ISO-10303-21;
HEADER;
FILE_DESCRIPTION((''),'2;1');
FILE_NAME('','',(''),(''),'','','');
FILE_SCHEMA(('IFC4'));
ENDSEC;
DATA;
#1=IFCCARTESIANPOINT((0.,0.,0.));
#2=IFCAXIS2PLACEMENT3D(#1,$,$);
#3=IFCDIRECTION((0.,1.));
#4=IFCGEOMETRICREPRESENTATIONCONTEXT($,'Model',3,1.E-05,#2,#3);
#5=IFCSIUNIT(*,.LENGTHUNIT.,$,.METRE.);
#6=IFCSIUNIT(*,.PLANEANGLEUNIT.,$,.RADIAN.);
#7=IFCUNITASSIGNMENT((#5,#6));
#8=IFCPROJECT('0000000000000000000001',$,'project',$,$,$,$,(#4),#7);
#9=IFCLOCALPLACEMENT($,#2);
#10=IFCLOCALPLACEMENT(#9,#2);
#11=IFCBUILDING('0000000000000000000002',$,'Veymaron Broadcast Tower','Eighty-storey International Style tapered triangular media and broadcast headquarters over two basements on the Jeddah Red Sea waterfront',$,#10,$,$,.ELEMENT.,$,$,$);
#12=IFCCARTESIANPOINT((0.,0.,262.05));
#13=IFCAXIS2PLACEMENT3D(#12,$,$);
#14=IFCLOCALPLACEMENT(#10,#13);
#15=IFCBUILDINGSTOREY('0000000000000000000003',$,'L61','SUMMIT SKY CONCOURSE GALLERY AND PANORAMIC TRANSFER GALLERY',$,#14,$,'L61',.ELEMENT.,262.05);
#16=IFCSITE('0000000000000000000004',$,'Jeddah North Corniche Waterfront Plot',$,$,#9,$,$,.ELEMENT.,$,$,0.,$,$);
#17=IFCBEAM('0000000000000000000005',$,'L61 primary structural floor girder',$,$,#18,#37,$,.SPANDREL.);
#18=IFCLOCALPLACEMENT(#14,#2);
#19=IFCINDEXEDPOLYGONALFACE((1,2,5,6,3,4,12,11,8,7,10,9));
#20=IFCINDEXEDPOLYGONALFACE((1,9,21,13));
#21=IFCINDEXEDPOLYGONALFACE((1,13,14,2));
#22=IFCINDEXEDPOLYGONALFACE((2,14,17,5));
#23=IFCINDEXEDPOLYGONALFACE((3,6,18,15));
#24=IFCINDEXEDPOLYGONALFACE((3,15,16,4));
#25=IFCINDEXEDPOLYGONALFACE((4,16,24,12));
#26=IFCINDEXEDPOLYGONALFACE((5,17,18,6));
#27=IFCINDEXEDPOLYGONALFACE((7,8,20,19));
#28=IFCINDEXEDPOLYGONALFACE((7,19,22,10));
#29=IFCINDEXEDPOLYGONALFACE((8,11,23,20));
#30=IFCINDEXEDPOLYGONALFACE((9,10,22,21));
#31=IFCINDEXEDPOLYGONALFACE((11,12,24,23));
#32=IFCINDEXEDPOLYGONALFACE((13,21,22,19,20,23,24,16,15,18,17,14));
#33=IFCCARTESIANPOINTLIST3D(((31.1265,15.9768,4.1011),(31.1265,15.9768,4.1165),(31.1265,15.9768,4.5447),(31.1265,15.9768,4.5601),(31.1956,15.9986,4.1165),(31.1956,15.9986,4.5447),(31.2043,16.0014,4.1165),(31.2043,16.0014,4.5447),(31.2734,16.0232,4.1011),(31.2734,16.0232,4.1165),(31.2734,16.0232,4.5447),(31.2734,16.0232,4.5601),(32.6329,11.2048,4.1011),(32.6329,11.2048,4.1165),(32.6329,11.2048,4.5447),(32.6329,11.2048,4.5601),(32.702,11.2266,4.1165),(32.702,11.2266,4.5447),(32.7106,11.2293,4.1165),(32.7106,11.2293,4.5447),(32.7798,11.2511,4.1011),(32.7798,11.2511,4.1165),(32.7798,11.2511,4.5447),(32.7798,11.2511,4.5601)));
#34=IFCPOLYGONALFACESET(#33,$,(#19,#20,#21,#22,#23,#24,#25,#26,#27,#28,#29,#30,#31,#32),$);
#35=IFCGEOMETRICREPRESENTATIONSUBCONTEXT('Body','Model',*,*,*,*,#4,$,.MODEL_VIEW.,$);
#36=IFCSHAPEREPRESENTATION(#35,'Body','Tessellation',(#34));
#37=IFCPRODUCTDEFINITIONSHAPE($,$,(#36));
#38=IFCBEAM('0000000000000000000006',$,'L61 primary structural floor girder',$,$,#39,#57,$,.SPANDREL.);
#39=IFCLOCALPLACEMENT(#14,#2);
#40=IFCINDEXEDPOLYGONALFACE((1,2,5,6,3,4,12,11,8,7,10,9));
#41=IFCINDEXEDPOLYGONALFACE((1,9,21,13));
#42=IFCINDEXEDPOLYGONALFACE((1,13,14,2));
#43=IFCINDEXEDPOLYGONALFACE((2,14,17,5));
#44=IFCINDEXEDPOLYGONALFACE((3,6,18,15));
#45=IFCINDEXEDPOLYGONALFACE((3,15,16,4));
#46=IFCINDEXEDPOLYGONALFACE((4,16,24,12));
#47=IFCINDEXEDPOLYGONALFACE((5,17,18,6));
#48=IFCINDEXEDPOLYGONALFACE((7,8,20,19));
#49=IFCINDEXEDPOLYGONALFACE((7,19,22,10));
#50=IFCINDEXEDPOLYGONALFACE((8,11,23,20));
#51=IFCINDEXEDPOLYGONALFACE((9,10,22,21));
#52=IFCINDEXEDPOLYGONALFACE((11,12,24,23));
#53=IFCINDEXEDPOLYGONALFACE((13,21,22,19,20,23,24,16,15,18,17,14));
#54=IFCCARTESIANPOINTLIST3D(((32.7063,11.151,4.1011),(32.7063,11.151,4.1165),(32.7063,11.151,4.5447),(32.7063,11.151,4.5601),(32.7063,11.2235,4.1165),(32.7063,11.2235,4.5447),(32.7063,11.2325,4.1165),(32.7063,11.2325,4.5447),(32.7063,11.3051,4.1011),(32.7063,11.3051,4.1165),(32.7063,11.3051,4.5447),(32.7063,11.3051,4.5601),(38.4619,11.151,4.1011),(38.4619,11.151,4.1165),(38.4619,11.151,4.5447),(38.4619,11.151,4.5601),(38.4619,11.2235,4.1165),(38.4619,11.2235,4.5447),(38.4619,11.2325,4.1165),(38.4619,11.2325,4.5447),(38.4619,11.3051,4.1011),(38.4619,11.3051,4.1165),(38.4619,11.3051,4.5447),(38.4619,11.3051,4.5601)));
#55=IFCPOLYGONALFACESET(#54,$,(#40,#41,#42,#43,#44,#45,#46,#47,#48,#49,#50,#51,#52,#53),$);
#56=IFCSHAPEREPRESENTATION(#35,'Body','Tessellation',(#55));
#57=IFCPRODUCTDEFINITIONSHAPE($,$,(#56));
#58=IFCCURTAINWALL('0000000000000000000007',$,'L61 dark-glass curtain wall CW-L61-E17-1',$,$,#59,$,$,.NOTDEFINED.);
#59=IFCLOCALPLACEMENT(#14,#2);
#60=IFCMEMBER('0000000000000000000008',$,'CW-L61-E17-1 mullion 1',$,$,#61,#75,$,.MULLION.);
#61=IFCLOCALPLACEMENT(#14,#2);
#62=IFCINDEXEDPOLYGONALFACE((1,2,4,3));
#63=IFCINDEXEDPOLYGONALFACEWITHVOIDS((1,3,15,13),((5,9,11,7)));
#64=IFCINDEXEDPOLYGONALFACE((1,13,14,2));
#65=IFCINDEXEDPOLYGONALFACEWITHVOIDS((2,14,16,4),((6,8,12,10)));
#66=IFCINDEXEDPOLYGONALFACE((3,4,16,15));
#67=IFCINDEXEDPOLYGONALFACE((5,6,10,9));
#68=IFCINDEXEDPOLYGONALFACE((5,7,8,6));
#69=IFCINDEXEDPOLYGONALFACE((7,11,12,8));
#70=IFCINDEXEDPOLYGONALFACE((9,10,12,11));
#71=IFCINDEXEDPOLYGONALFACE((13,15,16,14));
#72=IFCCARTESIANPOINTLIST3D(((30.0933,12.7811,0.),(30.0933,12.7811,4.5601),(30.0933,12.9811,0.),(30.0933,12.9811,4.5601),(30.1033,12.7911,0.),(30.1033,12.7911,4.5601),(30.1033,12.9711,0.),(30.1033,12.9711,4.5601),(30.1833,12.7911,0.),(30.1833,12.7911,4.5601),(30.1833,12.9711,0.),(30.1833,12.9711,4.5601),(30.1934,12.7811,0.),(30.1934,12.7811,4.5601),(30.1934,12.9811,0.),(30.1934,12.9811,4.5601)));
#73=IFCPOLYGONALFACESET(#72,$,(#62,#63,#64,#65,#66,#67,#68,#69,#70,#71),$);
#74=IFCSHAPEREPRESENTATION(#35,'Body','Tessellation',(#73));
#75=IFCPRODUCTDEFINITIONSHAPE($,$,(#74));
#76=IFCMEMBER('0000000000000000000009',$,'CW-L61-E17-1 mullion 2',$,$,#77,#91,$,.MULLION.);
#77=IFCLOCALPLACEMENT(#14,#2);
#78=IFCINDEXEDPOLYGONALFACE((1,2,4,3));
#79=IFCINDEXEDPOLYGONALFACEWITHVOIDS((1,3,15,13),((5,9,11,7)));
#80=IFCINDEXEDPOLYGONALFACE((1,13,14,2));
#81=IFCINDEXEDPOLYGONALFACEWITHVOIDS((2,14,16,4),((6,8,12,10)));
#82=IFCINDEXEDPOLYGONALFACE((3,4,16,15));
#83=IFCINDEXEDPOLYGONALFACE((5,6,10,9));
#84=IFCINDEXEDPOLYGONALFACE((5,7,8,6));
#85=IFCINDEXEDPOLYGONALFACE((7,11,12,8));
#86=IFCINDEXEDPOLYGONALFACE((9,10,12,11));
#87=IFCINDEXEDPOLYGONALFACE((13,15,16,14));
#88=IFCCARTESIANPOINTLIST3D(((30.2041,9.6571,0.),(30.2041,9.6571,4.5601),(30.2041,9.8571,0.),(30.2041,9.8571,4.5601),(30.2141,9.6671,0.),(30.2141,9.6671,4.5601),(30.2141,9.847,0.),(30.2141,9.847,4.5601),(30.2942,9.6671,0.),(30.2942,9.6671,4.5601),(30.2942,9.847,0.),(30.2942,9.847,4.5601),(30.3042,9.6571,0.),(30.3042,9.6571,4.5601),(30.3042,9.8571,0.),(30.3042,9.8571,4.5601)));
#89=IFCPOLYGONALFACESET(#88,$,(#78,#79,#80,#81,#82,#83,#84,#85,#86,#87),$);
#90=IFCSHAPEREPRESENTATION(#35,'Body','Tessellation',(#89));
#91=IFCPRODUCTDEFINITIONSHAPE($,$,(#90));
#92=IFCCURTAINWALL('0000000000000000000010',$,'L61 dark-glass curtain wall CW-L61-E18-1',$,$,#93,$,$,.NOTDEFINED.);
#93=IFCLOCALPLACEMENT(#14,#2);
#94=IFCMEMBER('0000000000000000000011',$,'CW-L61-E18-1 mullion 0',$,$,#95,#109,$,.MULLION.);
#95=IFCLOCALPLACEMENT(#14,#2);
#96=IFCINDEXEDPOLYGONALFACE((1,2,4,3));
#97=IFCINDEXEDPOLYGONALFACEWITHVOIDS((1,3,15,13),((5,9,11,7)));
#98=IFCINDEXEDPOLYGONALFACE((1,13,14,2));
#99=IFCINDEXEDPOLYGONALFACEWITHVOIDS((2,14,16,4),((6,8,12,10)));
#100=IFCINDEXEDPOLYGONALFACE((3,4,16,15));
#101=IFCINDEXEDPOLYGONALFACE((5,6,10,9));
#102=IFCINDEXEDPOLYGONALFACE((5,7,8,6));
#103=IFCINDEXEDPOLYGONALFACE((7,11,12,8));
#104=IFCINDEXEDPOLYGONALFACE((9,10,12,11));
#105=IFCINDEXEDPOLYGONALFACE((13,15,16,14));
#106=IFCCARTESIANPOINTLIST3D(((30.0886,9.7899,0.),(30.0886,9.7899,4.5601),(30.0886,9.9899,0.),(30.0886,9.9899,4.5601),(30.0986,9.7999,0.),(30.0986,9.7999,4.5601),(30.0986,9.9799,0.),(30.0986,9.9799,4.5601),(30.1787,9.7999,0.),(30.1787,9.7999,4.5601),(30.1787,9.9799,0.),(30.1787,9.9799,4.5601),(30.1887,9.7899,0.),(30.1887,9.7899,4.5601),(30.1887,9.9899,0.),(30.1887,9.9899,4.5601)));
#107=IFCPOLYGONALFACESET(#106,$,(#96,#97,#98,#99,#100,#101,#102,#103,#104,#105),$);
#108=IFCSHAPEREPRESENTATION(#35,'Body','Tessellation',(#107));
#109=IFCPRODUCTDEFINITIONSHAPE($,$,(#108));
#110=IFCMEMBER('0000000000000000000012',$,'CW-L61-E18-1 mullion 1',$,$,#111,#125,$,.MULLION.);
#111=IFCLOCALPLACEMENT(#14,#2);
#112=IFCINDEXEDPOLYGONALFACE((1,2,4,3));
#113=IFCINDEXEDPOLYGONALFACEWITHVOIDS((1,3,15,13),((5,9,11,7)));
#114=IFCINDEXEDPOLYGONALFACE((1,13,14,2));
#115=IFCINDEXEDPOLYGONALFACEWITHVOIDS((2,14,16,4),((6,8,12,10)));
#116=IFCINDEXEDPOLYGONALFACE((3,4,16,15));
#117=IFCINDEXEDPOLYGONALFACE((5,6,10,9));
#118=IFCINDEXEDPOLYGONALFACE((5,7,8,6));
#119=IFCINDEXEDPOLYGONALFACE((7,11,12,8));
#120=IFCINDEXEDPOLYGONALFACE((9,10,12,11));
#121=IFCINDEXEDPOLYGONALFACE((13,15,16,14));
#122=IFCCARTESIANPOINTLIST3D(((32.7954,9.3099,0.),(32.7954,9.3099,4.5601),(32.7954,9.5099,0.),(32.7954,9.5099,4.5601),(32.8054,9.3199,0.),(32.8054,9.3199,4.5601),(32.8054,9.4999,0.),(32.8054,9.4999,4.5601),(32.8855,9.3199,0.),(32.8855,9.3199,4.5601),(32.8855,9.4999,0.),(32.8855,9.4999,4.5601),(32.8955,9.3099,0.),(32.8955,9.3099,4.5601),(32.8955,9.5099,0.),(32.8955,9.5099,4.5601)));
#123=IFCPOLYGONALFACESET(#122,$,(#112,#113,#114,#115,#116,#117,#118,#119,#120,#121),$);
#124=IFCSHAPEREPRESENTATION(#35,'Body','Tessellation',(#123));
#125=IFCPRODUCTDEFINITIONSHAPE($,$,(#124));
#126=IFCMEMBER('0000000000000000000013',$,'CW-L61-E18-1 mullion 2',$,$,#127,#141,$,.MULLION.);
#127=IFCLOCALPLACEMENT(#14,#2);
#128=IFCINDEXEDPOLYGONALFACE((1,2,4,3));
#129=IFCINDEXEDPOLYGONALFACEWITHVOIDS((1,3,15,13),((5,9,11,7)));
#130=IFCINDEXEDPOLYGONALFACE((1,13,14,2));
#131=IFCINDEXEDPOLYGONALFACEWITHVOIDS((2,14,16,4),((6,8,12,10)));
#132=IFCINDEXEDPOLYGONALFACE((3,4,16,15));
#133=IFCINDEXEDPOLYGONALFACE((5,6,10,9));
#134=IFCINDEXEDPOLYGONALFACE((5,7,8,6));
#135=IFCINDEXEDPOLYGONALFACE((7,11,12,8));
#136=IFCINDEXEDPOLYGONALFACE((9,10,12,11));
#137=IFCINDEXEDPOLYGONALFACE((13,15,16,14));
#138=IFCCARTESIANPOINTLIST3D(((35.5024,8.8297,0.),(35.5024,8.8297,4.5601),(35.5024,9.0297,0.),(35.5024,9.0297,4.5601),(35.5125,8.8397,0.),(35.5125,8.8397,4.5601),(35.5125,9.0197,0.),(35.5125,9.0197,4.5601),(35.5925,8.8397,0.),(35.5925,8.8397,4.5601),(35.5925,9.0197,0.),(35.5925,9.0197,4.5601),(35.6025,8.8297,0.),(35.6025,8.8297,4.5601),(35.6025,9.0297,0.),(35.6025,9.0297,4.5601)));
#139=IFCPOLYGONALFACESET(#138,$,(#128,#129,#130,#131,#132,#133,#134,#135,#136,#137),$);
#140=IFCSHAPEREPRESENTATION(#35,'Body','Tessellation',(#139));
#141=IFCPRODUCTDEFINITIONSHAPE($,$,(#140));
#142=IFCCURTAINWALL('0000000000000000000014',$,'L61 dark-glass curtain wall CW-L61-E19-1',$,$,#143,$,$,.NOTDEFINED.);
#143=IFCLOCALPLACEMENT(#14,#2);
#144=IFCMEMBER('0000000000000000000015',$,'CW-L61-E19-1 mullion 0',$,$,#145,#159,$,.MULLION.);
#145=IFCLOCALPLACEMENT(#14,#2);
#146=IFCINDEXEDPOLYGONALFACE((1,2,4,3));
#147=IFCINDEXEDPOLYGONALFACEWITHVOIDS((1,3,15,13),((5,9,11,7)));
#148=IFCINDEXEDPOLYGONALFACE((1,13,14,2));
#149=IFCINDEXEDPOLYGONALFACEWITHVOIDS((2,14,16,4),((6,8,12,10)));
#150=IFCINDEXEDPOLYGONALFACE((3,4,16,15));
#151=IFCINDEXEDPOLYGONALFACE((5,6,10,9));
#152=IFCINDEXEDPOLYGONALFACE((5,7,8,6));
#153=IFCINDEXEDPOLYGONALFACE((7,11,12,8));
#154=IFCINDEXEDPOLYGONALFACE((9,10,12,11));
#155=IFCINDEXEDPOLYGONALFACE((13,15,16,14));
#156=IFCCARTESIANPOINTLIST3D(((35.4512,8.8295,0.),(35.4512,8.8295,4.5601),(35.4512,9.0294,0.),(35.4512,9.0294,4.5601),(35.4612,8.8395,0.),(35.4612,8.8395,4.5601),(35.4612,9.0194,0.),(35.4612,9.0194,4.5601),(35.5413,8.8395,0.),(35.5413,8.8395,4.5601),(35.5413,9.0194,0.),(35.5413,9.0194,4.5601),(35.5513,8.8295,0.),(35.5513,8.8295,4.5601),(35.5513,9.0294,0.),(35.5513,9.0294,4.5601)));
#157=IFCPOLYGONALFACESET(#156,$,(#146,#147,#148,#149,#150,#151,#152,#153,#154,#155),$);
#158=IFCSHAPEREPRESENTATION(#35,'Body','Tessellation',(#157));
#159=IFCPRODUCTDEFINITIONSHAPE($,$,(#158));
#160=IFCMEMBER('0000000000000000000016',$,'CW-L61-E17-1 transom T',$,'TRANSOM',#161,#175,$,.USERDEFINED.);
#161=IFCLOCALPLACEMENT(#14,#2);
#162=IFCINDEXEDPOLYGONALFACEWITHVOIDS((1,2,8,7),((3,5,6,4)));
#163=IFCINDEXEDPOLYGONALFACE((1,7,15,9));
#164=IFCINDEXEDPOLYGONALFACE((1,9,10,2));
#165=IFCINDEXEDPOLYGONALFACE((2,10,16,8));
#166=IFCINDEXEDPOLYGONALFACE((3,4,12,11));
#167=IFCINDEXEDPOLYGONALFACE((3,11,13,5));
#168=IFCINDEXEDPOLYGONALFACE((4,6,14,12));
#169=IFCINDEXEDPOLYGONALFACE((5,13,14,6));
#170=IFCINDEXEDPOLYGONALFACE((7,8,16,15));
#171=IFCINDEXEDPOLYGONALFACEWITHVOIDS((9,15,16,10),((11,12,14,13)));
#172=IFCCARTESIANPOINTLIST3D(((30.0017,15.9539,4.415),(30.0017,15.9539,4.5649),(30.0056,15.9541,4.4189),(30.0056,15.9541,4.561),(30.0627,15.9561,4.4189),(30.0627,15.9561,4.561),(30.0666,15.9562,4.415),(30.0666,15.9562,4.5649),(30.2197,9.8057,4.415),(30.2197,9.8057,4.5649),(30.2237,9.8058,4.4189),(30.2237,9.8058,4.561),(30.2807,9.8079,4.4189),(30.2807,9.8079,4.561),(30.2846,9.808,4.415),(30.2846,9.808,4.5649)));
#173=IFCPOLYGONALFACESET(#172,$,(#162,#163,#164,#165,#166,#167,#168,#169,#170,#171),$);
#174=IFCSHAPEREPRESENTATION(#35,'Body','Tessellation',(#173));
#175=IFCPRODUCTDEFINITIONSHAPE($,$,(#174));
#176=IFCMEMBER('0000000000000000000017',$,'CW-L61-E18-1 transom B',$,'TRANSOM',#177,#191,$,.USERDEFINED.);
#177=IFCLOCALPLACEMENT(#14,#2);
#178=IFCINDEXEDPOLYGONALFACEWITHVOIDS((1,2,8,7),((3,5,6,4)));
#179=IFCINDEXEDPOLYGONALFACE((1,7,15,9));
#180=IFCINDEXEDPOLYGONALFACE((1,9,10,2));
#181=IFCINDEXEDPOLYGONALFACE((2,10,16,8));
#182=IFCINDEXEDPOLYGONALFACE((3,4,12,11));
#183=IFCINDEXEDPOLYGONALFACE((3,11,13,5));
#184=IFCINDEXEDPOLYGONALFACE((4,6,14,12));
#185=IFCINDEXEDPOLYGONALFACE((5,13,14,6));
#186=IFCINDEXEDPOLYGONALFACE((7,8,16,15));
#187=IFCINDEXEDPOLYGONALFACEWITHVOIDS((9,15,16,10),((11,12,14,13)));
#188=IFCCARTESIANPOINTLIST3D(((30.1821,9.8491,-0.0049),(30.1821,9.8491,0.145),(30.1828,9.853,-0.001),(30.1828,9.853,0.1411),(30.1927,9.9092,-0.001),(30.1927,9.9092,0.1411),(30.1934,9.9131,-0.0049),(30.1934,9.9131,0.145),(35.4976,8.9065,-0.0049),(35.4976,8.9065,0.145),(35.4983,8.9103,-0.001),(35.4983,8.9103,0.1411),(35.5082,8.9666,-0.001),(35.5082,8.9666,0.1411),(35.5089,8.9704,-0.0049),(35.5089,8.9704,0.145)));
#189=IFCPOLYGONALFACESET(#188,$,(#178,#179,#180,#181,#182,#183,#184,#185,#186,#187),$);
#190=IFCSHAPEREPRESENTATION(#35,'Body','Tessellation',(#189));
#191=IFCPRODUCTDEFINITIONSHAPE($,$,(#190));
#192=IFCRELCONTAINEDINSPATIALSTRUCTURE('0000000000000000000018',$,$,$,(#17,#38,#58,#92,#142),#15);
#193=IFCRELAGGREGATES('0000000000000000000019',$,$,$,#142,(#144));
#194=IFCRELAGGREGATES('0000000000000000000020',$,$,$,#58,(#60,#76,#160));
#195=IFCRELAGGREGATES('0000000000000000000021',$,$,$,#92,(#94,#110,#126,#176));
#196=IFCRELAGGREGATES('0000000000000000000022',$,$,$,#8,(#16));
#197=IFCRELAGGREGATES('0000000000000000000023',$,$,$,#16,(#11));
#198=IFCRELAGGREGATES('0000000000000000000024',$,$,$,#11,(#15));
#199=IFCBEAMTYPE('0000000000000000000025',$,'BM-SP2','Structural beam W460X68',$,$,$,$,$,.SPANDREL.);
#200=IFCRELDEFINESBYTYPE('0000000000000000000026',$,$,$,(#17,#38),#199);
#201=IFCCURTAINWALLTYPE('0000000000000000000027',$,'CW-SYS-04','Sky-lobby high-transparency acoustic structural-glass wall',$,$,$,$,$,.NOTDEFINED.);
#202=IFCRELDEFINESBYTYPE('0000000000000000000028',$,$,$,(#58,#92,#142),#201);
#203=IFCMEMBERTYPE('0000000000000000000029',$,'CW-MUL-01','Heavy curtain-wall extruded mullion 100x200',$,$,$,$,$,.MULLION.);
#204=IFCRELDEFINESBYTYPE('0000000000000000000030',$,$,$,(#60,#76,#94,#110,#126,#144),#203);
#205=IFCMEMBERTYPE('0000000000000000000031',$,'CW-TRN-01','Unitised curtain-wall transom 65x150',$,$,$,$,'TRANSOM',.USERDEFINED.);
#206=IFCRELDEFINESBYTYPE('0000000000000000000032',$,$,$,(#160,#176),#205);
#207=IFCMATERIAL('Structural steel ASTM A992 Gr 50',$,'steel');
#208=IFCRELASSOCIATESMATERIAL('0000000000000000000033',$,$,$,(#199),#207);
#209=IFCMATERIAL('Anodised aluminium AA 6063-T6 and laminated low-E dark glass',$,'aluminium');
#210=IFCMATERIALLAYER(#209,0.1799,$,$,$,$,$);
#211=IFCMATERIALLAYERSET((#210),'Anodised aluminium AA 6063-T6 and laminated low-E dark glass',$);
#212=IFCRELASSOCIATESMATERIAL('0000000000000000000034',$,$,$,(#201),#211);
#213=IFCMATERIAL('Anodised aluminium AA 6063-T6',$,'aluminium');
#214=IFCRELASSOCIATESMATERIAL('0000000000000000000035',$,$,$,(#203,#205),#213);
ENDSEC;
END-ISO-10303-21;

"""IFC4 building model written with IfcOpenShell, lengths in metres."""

from ifc_helpers import new_model, si_unit, direction, frame, origin, origin_2d, place, context, subcontext, project, spatial, hollow_rectangle, i_section, extrude, material, layer, layer_set, material_profile, profile_set, type_object, element, aggregate, save


model = new_model("IFC4")

# Units and contexts
model_context = context("Model", 3, precision=1e-05, world=origin(), true_north=direction((0.0, 1.0)))
body_context = subcontext(model_context, "Body", "Model", "MODEL_VIEW")
ifc_project = project(units=[si_unit("LENGTHUNIT", "METRE"), si_unit("PLANEANGLEUNIT", "RADIAN")], contexts=[model_context])

# Site, building, storey
site_placement = place(None, origin())
site = spatial("IfcSite", under=ifc_project, at=site_placement, Name="Jeddah North Corniche Waterfront Plot", CompositionType="ELEMENT", RefElevation=0.0)
building_placement = place(site_placement, origin())
building = spatial("IfcBuilding", under=site, at=building_placement, Name="Veymaron Broadcast Tower", Description="Eighty-storey International Style tapered triangular media and broadcast headquarters over two basements on the Jeddah Red Sea waterfront", CompositionType="ELEMENT")
storey_placement = place(building_placement, frame((0.0, 0.0, 262.05)))
storey = spatial("IfcBuildingStorey", under=building, at=storey_placement, Name="L61", Description="SUMMIT SKY CONCOURSE GALLERY AND PANORAMIC TRANSFER GALLERY", LongName="L61", CompositionType="ELEMENT", Elevation=262.05)

# Shared definitions
ifc_material_1 = material(Name="Structural steel ASTM A992 Gr 50", Category="steel")

# Beams
ifc_material_profile_1 = material_profile(ifc_material_1, i_section(OverallWidth=0.1541, OverallDepth=0.459, WebThickness=0.009, FlangeThickness=0.0154, at=origin_2d()), Name="W460X68")
ifc_profile_set_1 = profile_set([ifc_material_profile_1], Name="Structural steel ASTM A992 Gr 50")
beam_type_1 = type_object("IfcBeamType", Name="BM-SP2", Description="Structural beam W460X68", PredefinedType="SPANDREL", material=ifc_profile_set_1)
beam_1_placement = place(storey_placement, frame((31.2, 16.0, 4.3306), z_axis=(0.301024, -0.953617, 0.0), x_axis=(0.953617, 0.301024, 0.0)))
element("IfcBeam", 1, at=beam_1_placement, inside=storey, type_object=beam_type_1, Name="L61 primary structural floor girder", PredefinedType="SPANDREL", context=body_context, shape_type="SweptSolid", body=[
    extrude(i_section(OverallWidth=0.1541, OverallDepth=0.459, WebThickness=0.009, FlangeThickness=0.0154, at=origin_2d()), origin(), (0.0, 0.0, 1.0), 5.0042),
])
beam_2_placement = place(storey_placement, frame((32.7063, 11.228, 4.3306), z_axis=(1.0, 0.0, 0.0), x_axis=(0.0, 1.0, 0.0)))
element("IfcBeam", 2, at=beam_2_placement, inside=storey, type_object=beam_type_1, Name="L61 primary structural floor girder", PredefinedType="SPANDREL", context=body_context, shape_type="SweptSolid", body=[
    extrude(i_section(OverallWidth=0.1541, OverallDepth=0.459, WebThickness=0.009, FlangeThickness=0.0154, at=origin_2d()), origin(), (0.0, 0.0, 1.0), 5.7556),
])

# Curtain walls, members
ifc_material_2 = material(Name="Anodised aluminium AA 6063-T6 and laminated low-E dark glass", Category="aluminium")
ifc_layer_1 = layer(ifc_material_2, 0.1799)
ifc_layer_set_1 = layer_set([ifc_layer_1], Name="Anodised aluminium AA 6063-T6 and laminated low-E dark glass")
curtain_wall_type = type_object("IfcCurtainWallType", Name="CW-SYS-04", Description="Sky-lobby high-transparency acoustic structural-glass wall", PredefinedType="NOTDEFINED", material=ifc_layer_set_1)
curtain_wall_1_placement = place(storey_placement, origin())
curtain_wall_1 = element("IfcCurtainWall", 3, at=curtain_wall_1_placement, inside=storey, type_object=curtain_wall_type, Name="L61 dark-glass curtain wall CW-L61-E17-1", PredefinedType="NOTDEFINED")
ifc_material_3 = material(Name="Anodised aluminium AA 6063-T6", Category="aluminium")
ifc_material_profile_2 = material_profile(ifc_material_3, hollow_rectangle(XDim=0.1001, YDim=0.2, WallThickness=0.01, at=origin_2d()), Name="RHS200X100X10")
ifc_profile_set_2 = profile_set([ifc_material_profile_2], Name="Anodised aluminium AA 6063-T6")
member_type_1 = type_object("IfcMemberType", Name="CW-MUL-01", Description="Heavy curtain-wall extruded mullion 100x200", PredefinedType="MULLION", material=ifc_profile_set_2)
member_1_placement = place(storey_placement, frame((30.1433, 12.8811, 0.0), z_axis=(0.0, 0.0, 1.0), x_axis=(1.0, 0.0, 0.0)))
member_1 = element("IfcMember", 4, at=member_1_placement, type_object=member_type_1, Name="CW-L61-E17-1 mullion 1", PredefinedType="MULLION", context=body_context, shape_type="SweptSolid", body=[
    extrude(hollow_rectangle(XDim=0.1001, YDim=0.2, WallThickness=0.01, at=origin_2d()), origin(), (0.0, 0.0, 1.0), 4.5601),
])
member_2_placement = place(storey_placement, frame((30.2542, 9.7571, 0.0), z_axis=(0.0, 0.0, 1.0), x_axis=(1.0, 0.0, 0.0)))
member_2 = element("IfcMember", 5, at=member_2_placement, type_object=member_type_1, Name="CW-L61-E17-1 mullion 2", PredefinedType="MULLION", context=body_context, shape_type="SweptSolid", body=[
    extrude(hollow_rectangle(XDim=0.1001, YDim=0.2, WallThickness=0.01, at=origin_2d()), origin(), (0.0, 0.0, 1.0), 4.5601),
])
curtain_wall_2_placement = place(storey_placement, origin())
curtain_wall_2 = element("IfcCurtainWall", 6, at=curtain_wall_2_placement, inside=storey, type_object=curtain_wall_type, Name="L61 dark-glass curtain wall CW-L61-E18-1", PredefinedType="NOTDEFINED")
member_3_placement = place(storey_placement, frame((30.1387, 9.8899, 0.0), z_axis=(0.0, 0.0, 1.0), x_axis=(1.0, 0.0, 0.0)))
member_3 = element("IfcMember", 7, at=member_3_placement, type_object=member_type_1, Name="CW-L61-E18-1 mullion 0", PredefinedType="MULLION", context=body_context, shape_type="SweptSolid", body=[
    extrude(hollow_rectangle(XDim=0.1001, YDim=0.2, WallThickness=0.01, at=origin_2d()), origin(), (0.0, 0.0, 1.0), 4.5601),
])
member_4_placement = place(storey_placement, frame((32.8455, 9.4099, 0.0), z_axis=(0.0, 0.0, 1.0), x_axis=(1.0, 0.0, 0.0)))
member_4 = element("IfcMember", 8, at=member_4_placement, type_object=member_type_1, Name="CW-L61-E18-1 mullion 1", PredefinedType="MULLION", context=body_context, shape_type="SweptSolid", body=[
    extrude(hollow_rectangle(XDim=0.1001, YDim=0.2, WallThickness=0.01, at=origin_2d()), origin(), (0.0, 0.0, 1.0), 4.5601),
])
member_5_placement = place(storey_placement, frame((35.5525, 8.9297, 0.0), z_axis=(0.0, 0.0, 1.0), x_axis=(1.0, 0.0, 0.0)))
member_5 = element("IfcMember", 9, at=member_5_placement, type_object=member_type_1, Name="CW-L61-E18-1 mullion 2", PredefinedType="MULLION", context=body_context, shape_type="SweptSolid", body=[
    extrude(hollow_rectangle(XDim=0.1001, YDim=0.2, WallThickness=0.01, at=origin_2d()), origin(), (0.0, 0.0, 1.0), 4.5601),
])

# Curtain wall, member
curtain_wall_3_placement = place(storey_placement, origin())
curtain_wall_3 = element("IfcCurtainWall", 10, at=curtain_wall_3_placement, inside=storey, type_object=curtain_wall_type, Name="L61 dark-glass curtain wall CW-L61-E19-1", PredefinedType="NOTDEFINED")
member_6_placement = place(storey_placement, frame((35.5012, 8.9294, 0.0), z_axis=(0.0, 0.0, 1.0), x_axis=(1.0, 0.0, 0.0)))
member_6 = element("IfcMember", 11, at=member_6_placement, type_object=member_type_1, Name="CW-L61-E19-1 mullion 0", PredefinedType="MULLION", context=body_context, shape_type="SweptSolid", body=[
    extrude(hollow_rectangle(XDim=0.1001, YDim=0.2, WallThickness=0.01, at=origin_2d()), origin(), (0.0, 0.0, 1.0), 4.5601),
])

# Members
ifc_material_profile_3 = material_profile(ifc_material_3, hollow_rectangle(XDim=0.0649, YDim=0.1499, WallThickness=0.0039, at=origin_2d()), Name="AL150X65X4")
ifc_profile_set_3 = profile_set([ifc_material_profile_3], Name="Anodised aluminium AA 6063-T6")
member_type_2 = type_object("IfcMemberType", Name="CW-TRN-01", Description="Unitised curtain-wall transom 65x150", ElementType="TRANSOM", PredefinedType="USERDEFINED", material=ifc_profile_set_3)
member_7_placement = place(storey_placement, frame((30.0342, 15.9551, 4.49), z_axis=(0.035438, -0.999372, 0.0), x_axis=(0.999372, 0.035438, 0.0)))
member_7 = element("IfcMember", 12, at=member_7_placement, type_object=member_type_2, Name="CW-L61-E17-1 transom T", ObjectType="TRANSOM", PredefinedType="USERDEFINED", context=body_context, shape_type="SweptSolid", body=[
    extrude(hollow_rectangle(XDim=0.0649, YDim=0.1499, WallThickness=0.0039, at=origin_2d()), origin(), (0.0, 0.0, 1.0), 6.1521),
])
member_8_placement = place(storey_placement, frame((30.1877, 9.8811, 0.0701), z_axis=(0.984637, -0.174613, 0.0), x_axis=(0.174613, 0.984637, 0.0)))
member_8 = element("IfcMember", 13, at=member_8_placement, type_object=member_type_2, Name="CW-L61-E18-1 transom B", ObjectType="TRANSOM", PredefinedType="USERDEFINED", context=body_context, shape_type="SweptSolid", body=[
    extrude(hollow_rectangle(XDim=0.0649, YDim=0.1499, WallThickness=0.0039, at=origin_2d()), origin(), (0.0, 0.0, 1.0), 5.3984),
])
aggregate(curtain_wall_3, [member_6])

aggregate(curtain_wall_1, [member_1, member_2, member_7])
aggregate(curtain_wall_2, [member_3, member_4, member_5, member_8])

save(model, "model.ifc")
